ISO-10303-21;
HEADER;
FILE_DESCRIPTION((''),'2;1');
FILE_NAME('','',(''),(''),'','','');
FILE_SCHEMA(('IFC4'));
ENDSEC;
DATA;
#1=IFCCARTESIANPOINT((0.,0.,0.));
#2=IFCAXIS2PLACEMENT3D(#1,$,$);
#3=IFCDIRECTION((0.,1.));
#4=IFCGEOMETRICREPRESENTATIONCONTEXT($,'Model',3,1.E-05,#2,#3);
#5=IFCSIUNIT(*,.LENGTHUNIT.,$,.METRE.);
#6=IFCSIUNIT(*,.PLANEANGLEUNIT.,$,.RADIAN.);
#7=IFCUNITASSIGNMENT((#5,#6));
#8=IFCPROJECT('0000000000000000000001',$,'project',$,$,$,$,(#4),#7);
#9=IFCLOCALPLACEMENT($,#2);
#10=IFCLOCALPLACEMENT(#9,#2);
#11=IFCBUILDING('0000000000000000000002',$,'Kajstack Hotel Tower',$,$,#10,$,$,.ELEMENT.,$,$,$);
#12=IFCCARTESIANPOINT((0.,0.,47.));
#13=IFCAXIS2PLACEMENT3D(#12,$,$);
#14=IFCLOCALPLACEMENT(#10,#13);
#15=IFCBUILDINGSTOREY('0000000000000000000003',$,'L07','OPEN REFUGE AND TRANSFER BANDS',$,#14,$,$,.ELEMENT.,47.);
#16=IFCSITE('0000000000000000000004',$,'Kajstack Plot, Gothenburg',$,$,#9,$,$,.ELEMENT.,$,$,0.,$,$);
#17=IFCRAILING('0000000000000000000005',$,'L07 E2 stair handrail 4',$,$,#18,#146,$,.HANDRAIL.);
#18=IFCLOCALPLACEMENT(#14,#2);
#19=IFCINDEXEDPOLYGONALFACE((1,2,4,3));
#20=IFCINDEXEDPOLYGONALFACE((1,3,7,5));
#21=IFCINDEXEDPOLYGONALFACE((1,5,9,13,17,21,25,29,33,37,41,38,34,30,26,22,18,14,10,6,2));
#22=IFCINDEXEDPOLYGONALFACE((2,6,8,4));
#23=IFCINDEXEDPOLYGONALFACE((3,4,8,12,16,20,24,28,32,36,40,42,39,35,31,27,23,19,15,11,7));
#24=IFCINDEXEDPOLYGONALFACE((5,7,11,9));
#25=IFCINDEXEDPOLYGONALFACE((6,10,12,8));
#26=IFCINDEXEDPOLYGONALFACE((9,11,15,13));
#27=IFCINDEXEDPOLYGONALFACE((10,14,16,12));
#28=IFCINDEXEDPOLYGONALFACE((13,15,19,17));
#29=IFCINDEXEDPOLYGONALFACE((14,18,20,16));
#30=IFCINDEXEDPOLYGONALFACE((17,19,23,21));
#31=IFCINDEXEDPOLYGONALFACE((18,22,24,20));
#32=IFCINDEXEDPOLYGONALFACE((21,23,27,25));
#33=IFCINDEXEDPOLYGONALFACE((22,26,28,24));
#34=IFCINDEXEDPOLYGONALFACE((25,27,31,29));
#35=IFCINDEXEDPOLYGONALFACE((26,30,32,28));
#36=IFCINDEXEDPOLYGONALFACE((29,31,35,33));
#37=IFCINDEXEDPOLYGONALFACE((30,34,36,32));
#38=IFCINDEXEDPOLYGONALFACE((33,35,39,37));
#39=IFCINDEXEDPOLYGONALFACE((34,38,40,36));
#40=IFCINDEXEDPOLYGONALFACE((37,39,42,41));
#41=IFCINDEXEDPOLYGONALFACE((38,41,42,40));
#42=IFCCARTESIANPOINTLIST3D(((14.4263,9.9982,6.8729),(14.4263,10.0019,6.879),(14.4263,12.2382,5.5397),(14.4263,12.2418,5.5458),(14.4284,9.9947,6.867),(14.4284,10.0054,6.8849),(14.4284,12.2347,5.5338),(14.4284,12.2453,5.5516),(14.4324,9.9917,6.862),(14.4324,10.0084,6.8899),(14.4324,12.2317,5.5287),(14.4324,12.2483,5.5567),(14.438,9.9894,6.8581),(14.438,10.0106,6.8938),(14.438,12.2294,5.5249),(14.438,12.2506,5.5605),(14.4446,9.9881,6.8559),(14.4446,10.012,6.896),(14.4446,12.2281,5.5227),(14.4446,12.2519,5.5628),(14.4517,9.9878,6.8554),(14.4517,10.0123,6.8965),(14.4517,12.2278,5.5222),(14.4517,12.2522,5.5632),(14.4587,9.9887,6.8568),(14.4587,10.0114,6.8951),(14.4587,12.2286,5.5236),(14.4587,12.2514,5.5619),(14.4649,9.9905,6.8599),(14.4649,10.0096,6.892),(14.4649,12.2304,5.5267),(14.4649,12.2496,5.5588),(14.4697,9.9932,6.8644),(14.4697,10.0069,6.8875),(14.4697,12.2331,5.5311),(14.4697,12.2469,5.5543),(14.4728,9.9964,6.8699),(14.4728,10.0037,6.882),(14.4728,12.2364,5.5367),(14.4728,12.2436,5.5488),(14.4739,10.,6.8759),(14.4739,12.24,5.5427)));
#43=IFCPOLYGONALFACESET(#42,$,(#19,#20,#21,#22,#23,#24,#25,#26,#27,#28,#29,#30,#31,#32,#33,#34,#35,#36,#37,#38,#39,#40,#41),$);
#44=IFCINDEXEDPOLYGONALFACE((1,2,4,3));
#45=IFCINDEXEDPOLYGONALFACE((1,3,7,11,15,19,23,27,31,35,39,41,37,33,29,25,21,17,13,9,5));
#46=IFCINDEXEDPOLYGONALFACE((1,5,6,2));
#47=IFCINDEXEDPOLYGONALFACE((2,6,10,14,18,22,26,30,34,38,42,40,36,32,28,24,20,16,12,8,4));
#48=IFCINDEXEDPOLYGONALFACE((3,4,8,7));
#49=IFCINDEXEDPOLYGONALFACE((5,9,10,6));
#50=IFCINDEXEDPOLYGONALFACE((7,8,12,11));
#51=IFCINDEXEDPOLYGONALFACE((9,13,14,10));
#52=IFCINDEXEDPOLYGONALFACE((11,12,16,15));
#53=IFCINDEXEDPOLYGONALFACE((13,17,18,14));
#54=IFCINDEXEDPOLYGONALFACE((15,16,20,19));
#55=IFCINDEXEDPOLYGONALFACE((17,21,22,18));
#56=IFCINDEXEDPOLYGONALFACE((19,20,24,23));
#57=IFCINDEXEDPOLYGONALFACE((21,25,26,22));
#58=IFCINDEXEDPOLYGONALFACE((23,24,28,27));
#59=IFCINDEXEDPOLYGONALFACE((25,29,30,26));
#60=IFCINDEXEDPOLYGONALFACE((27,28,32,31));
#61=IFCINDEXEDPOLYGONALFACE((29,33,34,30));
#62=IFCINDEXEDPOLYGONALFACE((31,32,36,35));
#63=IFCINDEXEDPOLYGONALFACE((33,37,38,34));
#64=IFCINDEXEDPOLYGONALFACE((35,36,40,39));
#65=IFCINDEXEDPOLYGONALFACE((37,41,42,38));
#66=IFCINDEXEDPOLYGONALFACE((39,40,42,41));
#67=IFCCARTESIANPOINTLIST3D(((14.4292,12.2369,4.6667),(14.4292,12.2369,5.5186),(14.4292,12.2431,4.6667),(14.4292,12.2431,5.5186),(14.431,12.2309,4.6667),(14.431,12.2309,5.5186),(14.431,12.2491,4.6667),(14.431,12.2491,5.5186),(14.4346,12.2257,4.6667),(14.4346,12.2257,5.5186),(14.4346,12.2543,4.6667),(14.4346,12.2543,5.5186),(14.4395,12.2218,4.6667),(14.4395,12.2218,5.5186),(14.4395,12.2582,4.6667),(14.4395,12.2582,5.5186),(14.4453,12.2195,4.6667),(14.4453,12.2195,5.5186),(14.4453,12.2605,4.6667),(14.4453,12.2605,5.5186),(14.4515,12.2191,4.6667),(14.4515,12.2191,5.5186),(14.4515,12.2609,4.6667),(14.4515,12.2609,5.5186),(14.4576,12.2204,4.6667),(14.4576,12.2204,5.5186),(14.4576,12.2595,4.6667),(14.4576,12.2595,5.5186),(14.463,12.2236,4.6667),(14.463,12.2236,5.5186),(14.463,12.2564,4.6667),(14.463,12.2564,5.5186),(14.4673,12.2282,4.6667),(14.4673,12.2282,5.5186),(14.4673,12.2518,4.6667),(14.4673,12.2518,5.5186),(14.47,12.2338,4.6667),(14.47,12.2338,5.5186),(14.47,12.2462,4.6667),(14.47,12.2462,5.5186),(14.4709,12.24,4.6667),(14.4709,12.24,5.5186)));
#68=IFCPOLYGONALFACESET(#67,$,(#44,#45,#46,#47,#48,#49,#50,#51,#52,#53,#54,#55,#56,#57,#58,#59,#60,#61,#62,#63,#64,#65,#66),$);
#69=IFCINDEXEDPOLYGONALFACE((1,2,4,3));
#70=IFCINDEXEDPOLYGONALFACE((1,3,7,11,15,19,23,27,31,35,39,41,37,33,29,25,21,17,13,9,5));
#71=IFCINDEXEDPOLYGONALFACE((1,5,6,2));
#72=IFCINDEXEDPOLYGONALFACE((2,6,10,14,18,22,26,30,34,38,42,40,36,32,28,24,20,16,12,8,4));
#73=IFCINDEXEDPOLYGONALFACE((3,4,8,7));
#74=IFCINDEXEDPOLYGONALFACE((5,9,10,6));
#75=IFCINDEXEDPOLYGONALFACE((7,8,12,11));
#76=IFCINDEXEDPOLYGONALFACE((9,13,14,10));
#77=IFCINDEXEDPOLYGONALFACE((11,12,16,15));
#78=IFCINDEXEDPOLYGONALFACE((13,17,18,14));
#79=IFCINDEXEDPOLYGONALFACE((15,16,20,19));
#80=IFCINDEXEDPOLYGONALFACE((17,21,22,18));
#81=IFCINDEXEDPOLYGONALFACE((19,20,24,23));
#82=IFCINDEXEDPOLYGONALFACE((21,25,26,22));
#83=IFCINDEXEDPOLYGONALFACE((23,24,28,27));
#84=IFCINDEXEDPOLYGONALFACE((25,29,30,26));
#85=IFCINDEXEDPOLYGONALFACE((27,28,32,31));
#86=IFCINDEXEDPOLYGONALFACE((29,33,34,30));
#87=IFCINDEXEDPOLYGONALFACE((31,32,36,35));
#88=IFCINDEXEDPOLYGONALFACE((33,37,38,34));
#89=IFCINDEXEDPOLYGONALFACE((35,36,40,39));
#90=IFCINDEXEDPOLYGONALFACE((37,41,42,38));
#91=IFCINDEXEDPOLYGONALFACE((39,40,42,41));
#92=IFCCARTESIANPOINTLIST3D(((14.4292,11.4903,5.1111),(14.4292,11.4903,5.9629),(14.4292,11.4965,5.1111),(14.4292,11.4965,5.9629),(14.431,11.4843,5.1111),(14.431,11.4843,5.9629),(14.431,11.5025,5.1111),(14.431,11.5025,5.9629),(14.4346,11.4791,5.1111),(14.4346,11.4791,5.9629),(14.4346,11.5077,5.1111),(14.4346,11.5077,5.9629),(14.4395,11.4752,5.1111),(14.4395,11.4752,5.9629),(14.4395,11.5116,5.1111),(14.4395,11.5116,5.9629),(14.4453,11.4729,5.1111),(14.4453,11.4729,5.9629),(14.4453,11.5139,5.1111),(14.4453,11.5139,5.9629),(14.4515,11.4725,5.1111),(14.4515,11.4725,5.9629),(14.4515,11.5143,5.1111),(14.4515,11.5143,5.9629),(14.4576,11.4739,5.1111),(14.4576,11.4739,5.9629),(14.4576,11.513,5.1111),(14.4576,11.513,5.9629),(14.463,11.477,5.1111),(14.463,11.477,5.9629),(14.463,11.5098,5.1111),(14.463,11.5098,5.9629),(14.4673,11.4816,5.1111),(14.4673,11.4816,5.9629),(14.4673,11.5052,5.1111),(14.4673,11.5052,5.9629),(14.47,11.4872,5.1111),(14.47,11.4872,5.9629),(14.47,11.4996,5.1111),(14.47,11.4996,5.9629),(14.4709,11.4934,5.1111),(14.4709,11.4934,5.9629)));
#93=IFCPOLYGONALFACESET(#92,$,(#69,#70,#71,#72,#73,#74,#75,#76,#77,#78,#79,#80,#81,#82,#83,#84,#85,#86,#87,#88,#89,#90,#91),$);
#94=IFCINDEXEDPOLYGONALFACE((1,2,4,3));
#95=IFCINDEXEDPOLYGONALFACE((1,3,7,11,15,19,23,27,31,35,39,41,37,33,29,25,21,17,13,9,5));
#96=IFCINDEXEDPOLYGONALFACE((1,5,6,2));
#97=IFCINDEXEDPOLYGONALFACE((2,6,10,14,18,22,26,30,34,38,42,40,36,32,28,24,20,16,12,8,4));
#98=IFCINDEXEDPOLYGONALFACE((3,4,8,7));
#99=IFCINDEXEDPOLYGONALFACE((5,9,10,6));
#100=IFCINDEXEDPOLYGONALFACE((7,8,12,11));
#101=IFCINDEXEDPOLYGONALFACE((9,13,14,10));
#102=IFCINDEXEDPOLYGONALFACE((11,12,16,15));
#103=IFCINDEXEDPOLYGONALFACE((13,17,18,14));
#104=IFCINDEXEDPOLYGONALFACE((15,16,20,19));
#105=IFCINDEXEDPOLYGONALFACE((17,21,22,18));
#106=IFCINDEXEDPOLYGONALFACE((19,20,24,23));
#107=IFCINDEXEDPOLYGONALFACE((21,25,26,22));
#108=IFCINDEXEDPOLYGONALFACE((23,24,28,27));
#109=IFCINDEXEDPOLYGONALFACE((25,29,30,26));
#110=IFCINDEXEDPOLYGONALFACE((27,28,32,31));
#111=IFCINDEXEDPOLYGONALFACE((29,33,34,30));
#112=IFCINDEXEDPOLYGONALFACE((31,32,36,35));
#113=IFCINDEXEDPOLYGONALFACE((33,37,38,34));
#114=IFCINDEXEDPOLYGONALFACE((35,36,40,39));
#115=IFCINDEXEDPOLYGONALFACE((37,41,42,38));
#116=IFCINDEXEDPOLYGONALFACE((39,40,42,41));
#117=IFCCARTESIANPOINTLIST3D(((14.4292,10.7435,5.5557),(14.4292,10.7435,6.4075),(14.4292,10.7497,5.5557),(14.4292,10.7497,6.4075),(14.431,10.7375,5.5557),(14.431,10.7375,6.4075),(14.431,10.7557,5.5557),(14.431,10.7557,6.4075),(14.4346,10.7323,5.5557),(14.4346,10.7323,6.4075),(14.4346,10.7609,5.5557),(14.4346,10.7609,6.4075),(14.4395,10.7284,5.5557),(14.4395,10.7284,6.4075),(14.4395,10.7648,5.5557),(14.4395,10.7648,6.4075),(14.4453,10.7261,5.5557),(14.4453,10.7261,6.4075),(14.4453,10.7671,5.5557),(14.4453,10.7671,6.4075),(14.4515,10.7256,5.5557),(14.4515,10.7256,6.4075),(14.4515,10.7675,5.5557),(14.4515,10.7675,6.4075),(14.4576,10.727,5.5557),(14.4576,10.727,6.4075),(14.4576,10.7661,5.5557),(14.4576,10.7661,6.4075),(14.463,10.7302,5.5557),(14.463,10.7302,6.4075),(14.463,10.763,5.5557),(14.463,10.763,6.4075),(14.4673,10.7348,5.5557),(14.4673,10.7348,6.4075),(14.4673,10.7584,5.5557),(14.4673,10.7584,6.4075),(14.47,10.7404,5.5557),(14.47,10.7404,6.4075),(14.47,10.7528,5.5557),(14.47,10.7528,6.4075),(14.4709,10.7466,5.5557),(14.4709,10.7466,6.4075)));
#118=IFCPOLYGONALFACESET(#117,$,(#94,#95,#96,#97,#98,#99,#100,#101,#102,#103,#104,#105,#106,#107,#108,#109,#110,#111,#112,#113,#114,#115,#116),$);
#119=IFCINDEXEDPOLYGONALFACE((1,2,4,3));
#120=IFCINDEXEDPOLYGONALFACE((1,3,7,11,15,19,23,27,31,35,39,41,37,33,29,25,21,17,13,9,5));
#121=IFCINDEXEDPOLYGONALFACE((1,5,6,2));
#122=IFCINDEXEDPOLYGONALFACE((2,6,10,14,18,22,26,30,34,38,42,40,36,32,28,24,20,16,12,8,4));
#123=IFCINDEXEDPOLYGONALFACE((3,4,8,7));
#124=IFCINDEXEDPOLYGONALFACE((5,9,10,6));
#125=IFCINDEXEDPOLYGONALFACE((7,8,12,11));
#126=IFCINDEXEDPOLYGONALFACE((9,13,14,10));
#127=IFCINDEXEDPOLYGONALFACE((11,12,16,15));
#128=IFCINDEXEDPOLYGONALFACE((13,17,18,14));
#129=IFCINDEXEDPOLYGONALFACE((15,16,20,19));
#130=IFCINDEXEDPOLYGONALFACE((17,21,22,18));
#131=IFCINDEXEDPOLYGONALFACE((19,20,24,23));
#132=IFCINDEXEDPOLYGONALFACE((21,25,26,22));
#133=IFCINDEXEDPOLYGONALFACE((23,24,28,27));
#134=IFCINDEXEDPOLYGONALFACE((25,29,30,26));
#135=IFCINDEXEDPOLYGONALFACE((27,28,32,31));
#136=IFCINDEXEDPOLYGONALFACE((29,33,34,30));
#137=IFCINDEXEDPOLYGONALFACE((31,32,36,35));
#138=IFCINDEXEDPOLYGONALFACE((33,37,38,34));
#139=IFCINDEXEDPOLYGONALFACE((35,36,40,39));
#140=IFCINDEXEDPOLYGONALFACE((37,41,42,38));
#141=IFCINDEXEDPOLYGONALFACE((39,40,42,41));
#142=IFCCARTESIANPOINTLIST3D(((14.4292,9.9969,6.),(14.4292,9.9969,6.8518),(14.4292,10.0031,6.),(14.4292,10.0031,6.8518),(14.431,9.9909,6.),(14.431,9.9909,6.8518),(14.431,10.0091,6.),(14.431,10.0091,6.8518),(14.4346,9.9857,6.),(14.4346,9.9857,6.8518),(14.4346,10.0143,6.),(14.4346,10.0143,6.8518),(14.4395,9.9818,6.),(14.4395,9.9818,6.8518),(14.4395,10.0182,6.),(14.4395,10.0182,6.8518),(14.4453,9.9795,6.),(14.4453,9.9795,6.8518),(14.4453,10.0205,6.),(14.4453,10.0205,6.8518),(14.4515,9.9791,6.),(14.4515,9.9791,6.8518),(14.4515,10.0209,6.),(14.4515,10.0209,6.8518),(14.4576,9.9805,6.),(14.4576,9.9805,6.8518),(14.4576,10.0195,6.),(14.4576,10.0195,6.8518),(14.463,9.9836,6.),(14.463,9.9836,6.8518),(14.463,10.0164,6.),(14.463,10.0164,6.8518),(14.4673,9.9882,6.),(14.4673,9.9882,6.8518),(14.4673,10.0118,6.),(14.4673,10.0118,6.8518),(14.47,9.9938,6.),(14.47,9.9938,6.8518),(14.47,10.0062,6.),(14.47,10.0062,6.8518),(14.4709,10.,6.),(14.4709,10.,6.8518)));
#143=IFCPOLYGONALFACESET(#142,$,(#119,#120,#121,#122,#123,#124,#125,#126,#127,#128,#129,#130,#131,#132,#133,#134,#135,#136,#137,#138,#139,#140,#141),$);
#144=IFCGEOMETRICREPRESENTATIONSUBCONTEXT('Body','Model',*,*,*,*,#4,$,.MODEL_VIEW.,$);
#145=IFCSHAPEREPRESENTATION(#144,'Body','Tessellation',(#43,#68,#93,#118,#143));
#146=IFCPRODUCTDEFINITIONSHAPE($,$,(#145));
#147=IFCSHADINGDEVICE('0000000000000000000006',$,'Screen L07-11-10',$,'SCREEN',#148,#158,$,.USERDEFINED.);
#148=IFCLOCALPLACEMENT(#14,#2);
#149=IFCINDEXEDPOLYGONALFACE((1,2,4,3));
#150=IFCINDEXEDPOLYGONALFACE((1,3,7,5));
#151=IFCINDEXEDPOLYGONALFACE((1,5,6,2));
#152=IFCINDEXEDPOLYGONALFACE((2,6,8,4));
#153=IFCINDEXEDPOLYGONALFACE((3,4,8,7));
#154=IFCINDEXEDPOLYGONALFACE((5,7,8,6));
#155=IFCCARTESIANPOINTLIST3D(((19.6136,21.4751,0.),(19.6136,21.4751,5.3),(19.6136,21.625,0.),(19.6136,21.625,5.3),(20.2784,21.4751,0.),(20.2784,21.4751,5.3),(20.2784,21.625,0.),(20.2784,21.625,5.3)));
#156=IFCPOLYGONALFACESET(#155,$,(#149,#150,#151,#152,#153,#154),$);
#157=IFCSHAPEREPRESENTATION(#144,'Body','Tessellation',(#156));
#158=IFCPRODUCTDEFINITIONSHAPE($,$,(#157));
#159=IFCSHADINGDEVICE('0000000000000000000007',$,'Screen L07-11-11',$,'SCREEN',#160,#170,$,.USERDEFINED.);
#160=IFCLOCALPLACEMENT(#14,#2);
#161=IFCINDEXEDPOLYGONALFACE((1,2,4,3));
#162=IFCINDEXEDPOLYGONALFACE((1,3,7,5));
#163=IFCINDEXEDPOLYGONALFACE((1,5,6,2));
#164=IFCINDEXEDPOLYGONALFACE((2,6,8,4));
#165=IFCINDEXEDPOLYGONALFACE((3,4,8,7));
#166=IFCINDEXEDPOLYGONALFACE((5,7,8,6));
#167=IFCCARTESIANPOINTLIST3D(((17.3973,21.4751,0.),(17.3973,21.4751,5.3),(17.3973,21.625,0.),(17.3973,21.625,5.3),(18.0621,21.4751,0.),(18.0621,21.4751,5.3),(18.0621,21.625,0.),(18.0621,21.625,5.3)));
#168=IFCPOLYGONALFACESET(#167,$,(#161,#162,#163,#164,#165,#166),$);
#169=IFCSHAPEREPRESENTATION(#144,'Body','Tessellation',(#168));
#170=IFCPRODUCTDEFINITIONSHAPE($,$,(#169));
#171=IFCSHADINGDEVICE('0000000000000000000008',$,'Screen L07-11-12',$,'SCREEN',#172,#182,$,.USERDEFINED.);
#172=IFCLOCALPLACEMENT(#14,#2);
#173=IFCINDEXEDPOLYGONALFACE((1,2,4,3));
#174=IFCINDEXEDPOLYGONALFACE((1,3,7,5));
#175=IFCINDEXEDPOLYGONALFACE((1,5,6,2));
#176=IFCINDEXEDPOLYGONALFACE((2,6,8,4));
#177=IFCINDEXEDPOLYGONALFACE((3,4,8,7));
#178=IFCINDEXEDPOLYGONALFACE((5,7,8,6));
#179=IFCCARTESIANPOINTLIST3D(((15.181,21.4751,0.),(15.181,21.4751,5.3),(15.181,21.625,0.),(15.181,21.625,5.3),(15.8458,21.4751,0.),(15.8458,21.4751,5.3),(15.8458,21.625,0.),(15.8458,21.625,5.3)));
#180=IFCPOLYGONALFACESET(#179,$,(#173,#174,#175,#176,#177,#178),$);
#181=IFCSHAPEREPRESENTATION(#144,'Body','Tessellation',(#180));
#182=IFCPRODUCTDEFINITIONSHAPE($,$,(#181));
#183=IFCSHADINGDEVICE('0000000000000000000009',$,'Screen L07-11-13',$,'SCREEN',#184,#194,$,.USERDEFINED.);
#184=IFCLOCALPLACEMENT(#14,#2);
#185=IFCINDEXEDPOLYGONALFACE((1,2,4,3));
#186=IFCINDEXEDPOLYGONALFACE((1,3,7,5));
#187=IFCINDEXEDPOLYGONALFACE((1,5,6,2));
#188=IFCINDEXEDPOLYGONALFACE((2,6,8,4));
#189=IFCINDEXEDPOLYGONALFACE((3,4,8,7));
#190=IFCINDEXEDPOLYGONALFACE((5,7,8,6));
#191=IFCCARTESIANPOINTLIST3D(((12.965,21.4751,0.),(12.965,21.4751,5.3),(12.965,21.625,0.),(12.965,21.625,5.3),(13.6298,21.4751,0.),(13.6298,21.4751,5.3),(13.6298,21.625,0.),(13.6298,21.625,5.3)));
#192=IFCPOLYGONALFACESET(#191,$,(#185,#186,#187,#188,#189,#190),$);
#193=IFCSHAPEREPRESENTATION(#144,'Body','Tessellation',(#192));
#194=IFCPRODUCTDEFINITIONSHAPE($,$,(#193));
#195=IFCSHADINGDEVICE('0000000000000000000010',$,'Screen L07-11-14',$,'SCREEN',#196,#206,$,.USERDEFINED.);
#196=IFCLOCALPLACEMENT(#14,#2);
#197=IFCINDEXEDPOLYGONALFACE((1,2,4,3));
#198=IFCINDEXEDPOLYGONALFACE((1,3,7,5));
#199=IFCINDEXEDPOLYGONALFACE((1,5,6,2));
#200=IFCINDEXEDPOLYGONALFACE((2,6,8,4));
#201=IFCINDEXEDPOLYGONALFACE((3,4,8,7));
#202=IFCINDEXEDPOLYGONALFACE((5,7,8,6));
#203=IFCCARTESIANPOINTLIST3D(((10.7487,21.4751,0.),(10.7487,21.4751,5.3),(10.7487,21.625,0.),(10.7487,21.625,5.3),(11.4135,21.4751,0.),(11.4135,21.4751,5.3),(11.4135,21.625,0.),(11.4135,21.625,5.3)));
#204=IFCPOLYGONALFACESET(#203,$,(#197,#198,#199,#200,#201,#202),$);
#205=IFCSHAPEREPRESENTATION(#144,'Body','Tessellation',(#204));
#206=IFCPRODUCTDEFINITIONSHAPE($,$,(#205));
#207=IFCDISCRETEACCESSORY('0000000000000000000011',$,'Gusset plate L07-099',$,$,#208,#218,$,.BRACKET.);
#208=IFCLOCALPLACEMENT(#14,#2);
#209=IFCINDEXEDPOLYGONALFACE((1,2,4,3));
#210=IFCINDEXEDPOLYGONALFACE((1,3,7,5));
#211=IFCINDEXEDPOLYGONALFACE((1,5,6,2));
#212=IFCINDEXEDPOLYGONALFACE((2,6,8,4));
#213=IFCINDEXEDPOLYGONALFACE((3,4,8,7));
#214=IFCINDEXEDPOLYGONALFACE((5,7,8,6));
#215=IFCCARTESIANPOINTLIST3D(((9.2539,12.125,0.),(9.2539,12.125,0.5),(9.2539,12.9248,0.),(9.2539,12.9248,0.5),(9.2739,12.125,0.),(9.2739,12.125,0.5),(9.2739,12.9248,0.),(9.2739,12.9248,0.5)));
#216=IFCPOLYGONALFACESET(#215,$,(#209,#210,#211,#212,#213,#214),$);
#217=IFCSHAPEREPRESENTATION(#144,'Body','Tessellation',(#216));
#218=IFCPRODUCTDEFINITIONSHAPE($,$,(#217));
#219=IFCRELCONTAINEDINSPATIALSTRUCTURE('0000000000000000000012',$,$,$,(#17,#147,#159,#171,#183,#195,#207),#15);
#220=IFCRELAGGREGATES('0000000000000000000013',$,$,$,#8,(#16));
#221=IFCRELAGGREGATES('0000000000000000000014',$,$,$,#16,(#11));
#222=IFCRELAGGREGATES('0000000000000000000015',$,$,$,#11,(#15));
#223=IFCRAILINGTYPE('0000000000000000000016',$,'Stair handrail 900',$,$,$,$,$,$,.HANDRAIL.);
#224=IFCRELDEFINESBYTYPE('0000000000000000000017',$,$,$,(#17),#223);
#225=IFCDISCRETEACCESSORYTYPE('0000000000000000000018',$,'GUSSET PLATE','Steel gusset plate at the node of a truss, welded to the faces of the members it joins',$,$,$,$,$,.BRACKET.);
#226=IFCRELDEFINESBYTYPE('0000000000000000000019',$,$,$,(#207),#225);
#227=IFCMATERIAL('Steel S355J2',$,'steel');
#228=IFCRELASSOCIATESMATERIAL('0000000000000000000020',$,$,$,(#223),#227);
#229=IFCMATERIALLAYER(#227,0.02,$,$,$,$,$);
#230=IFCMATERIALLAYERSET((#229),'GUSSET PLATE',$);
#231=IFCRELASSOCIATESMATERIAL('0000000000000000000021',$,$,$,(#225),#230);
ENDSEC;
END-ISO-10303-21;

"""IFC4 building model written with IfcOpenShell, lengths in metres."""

from ifc_helpers import new_model, si_unit, direction, frame, origin, origin_2d, place, context, subcontext, project, spatial, polyline, rectangle, circle, outline, extrude, material, layer, layer_set, type_object, element, save


model = new_model("IFC4")

# Units and contexts
model_context = context("Model", 3, precision=1e-05, world=origin(), true_north=direction((0.0, 1.0)))
body_context = subcontext(model_context, "Body", "Model", "MODEL_VIEW")
ifc_project = project(units=[si_unit("LENGTHUNIT", "METRE"), si_unit("PLANEANGLEUNIT", "RADIAN")], contexts=[model_context])

# Site, building, storey
site_placement = place(None, origin())
site = spatial("IfcSite", under=ifc_project, at=site_placement, Name="Kajstack Plot, Gothenburg", CompositionType="ELEMENT", RefElevation=0.0)
building_placement = place(site_placement, origin())
building = spatial("IfcBuilding", under=site, at=building_placement, Name="Kajstack Hotel Tower", CompositionType="ELEMENT")
storey_placement = place(building_placement, frame((0.0, 0.0, 47.0)))
storey = spatial("IfcBuildingStorey", under=building, at=storey_placement, Name="L07", Description="OPEN REFUGE AND TRANSFER BANDS", CompositionType="ELEMENT", Elevation=47.0)

# Shared definitions
ifc_material_1 = material(Name="Steel S355J2", Category="steel")

# Railing
railing_type_1 = type_object("IfcRailingType", Name="Stair handrail 900", PredefinedType="HANDRAIL", material=ifc_material_1)
railing_1_placement = place(storey_placement, frame((14.45, 12.24, 4.6667)))
element("IfcRailing", 1, at=railing_1_placement, inside=storey, type_object=railing_type_1, Name="L07 E2 stair handrail 4", PredefinedType="HANDRAIL", context=body_context, shape_type="SweptSolid", body=[
    extrude(circle(Radius=0.0239, at=origin_2d()), frame((0.0, 0.0, 0.876), z_axis=(0.0, -0.859306, 0.511462), x_axis=(1.0, 0.0, 0.0)), (0.0, 0.0, 1.0), 2.6067),
    extrude(circle(Radius=0.021, at=origin_2d()), origin(), (0.0, 0.0, 1.0), 0.8518),
    extrude(circle(Radius=0.021, at=origin_2d()), frame((0.0, -0.7466, 0.4443)), (0.0, 0.0, 1.0), 0.8518),
    extrude(circle(Radius=0.021, at=origin_2d()), frame((0.0, -1.4934, 0.8889)), (0.0, 0.0, 1.0), 0.8518),
    extrude(circle(Radius=0.021, at=origin_2d()), frame((0.0, -2.24, 1.3333)), (0.0, 0.0, 1.0), 0.8518),
])

# Shading devices
for number, where, z_axis, x_axis, name in (
    (2, (19.946, 21.55, 0.0), (0.0, 0.0, 1.0), (-1.0, 0.0, 0.0), "Screen L07-11-10"),
    (3, (17.7297, 21.55, 0.0), (0.0, 0.0, 1.0), (-1.0, 0.0, 0.0), "Screen L07-11-11"),
    (4, (15.5134, 21.55, 0.0), (0.0, 0.0, 1.0), (-1.0, 0.0, 0.0), "Screen L07-11-12"),
    (5, (13.2974, 21.55, 0.0), (0.0, 0.0, 1.0), (-1.0, 0.0, 0.0), "Screen L07-11-13"),
    (6, (11.0811, 21.55, 0.0), (0.0, 0.0, 1.0), (-1.0, 0.0, 0.0), "Screen L07-11-14"),
):
    element("IfcShadingDevice", number, at=place(storey_placement, frame(where, z_axis=z_axis, x_axis=x_axis)), inside=storey, Name=name, ObjectType="SCREEN", PredefinedType="USERDEFINED", context=body_context, shape_type="SweptSolid", body=[
        extrude(rectangle(XDim=0.6648, YDim=0.1499, at=origin_2d()), origin(), (0.0, 0.0, 1.0), 5.3),
    ])

# Discrete accessory
ifc_layer_1 = layer(ifc_material_1, 0.02)
ifc_layer_set_1 = layer_set([ifc_layer_1], Name="GUSSET PLATE")
discrete_accessory_type = type_object("IfcDiscreteAccessoryType", Name="GUSSET PLATE", Description="Steel gusset plate at the node of a truss, welded to the faces of the members it joins", PredefinedType="BRACKET", material=ifc_layer_set_1)
for number, where, z_axis, x_axis, name in (
    (7, (9.2539, 12.5249, 0.0), (1.0, 0.0, 0.0), (0.0, 1.0, 0.0), "Gusset plate L07-099"),
):
    element("IfcDiscreteAccessory", number, at=place(storey_placement, frame(where, z_axis=z_axis, x_axis=x_axis)), inside=storey, type_object=discrete_accessory_type, Name=name, PredefinedType="BRACKET", context=body_context, shape_type="SweptSolid", body=[
        extrude(outline(polyline([(-0.3999, 0.0), (0.3999, 0.0), (0.3999, 0.5), (-0.3999, 0.5), (-0.3999, 0.0)])), origin(), (0.0, 0.0, 1.0), 0.02),
    ])

save(model, "model.ifc")
